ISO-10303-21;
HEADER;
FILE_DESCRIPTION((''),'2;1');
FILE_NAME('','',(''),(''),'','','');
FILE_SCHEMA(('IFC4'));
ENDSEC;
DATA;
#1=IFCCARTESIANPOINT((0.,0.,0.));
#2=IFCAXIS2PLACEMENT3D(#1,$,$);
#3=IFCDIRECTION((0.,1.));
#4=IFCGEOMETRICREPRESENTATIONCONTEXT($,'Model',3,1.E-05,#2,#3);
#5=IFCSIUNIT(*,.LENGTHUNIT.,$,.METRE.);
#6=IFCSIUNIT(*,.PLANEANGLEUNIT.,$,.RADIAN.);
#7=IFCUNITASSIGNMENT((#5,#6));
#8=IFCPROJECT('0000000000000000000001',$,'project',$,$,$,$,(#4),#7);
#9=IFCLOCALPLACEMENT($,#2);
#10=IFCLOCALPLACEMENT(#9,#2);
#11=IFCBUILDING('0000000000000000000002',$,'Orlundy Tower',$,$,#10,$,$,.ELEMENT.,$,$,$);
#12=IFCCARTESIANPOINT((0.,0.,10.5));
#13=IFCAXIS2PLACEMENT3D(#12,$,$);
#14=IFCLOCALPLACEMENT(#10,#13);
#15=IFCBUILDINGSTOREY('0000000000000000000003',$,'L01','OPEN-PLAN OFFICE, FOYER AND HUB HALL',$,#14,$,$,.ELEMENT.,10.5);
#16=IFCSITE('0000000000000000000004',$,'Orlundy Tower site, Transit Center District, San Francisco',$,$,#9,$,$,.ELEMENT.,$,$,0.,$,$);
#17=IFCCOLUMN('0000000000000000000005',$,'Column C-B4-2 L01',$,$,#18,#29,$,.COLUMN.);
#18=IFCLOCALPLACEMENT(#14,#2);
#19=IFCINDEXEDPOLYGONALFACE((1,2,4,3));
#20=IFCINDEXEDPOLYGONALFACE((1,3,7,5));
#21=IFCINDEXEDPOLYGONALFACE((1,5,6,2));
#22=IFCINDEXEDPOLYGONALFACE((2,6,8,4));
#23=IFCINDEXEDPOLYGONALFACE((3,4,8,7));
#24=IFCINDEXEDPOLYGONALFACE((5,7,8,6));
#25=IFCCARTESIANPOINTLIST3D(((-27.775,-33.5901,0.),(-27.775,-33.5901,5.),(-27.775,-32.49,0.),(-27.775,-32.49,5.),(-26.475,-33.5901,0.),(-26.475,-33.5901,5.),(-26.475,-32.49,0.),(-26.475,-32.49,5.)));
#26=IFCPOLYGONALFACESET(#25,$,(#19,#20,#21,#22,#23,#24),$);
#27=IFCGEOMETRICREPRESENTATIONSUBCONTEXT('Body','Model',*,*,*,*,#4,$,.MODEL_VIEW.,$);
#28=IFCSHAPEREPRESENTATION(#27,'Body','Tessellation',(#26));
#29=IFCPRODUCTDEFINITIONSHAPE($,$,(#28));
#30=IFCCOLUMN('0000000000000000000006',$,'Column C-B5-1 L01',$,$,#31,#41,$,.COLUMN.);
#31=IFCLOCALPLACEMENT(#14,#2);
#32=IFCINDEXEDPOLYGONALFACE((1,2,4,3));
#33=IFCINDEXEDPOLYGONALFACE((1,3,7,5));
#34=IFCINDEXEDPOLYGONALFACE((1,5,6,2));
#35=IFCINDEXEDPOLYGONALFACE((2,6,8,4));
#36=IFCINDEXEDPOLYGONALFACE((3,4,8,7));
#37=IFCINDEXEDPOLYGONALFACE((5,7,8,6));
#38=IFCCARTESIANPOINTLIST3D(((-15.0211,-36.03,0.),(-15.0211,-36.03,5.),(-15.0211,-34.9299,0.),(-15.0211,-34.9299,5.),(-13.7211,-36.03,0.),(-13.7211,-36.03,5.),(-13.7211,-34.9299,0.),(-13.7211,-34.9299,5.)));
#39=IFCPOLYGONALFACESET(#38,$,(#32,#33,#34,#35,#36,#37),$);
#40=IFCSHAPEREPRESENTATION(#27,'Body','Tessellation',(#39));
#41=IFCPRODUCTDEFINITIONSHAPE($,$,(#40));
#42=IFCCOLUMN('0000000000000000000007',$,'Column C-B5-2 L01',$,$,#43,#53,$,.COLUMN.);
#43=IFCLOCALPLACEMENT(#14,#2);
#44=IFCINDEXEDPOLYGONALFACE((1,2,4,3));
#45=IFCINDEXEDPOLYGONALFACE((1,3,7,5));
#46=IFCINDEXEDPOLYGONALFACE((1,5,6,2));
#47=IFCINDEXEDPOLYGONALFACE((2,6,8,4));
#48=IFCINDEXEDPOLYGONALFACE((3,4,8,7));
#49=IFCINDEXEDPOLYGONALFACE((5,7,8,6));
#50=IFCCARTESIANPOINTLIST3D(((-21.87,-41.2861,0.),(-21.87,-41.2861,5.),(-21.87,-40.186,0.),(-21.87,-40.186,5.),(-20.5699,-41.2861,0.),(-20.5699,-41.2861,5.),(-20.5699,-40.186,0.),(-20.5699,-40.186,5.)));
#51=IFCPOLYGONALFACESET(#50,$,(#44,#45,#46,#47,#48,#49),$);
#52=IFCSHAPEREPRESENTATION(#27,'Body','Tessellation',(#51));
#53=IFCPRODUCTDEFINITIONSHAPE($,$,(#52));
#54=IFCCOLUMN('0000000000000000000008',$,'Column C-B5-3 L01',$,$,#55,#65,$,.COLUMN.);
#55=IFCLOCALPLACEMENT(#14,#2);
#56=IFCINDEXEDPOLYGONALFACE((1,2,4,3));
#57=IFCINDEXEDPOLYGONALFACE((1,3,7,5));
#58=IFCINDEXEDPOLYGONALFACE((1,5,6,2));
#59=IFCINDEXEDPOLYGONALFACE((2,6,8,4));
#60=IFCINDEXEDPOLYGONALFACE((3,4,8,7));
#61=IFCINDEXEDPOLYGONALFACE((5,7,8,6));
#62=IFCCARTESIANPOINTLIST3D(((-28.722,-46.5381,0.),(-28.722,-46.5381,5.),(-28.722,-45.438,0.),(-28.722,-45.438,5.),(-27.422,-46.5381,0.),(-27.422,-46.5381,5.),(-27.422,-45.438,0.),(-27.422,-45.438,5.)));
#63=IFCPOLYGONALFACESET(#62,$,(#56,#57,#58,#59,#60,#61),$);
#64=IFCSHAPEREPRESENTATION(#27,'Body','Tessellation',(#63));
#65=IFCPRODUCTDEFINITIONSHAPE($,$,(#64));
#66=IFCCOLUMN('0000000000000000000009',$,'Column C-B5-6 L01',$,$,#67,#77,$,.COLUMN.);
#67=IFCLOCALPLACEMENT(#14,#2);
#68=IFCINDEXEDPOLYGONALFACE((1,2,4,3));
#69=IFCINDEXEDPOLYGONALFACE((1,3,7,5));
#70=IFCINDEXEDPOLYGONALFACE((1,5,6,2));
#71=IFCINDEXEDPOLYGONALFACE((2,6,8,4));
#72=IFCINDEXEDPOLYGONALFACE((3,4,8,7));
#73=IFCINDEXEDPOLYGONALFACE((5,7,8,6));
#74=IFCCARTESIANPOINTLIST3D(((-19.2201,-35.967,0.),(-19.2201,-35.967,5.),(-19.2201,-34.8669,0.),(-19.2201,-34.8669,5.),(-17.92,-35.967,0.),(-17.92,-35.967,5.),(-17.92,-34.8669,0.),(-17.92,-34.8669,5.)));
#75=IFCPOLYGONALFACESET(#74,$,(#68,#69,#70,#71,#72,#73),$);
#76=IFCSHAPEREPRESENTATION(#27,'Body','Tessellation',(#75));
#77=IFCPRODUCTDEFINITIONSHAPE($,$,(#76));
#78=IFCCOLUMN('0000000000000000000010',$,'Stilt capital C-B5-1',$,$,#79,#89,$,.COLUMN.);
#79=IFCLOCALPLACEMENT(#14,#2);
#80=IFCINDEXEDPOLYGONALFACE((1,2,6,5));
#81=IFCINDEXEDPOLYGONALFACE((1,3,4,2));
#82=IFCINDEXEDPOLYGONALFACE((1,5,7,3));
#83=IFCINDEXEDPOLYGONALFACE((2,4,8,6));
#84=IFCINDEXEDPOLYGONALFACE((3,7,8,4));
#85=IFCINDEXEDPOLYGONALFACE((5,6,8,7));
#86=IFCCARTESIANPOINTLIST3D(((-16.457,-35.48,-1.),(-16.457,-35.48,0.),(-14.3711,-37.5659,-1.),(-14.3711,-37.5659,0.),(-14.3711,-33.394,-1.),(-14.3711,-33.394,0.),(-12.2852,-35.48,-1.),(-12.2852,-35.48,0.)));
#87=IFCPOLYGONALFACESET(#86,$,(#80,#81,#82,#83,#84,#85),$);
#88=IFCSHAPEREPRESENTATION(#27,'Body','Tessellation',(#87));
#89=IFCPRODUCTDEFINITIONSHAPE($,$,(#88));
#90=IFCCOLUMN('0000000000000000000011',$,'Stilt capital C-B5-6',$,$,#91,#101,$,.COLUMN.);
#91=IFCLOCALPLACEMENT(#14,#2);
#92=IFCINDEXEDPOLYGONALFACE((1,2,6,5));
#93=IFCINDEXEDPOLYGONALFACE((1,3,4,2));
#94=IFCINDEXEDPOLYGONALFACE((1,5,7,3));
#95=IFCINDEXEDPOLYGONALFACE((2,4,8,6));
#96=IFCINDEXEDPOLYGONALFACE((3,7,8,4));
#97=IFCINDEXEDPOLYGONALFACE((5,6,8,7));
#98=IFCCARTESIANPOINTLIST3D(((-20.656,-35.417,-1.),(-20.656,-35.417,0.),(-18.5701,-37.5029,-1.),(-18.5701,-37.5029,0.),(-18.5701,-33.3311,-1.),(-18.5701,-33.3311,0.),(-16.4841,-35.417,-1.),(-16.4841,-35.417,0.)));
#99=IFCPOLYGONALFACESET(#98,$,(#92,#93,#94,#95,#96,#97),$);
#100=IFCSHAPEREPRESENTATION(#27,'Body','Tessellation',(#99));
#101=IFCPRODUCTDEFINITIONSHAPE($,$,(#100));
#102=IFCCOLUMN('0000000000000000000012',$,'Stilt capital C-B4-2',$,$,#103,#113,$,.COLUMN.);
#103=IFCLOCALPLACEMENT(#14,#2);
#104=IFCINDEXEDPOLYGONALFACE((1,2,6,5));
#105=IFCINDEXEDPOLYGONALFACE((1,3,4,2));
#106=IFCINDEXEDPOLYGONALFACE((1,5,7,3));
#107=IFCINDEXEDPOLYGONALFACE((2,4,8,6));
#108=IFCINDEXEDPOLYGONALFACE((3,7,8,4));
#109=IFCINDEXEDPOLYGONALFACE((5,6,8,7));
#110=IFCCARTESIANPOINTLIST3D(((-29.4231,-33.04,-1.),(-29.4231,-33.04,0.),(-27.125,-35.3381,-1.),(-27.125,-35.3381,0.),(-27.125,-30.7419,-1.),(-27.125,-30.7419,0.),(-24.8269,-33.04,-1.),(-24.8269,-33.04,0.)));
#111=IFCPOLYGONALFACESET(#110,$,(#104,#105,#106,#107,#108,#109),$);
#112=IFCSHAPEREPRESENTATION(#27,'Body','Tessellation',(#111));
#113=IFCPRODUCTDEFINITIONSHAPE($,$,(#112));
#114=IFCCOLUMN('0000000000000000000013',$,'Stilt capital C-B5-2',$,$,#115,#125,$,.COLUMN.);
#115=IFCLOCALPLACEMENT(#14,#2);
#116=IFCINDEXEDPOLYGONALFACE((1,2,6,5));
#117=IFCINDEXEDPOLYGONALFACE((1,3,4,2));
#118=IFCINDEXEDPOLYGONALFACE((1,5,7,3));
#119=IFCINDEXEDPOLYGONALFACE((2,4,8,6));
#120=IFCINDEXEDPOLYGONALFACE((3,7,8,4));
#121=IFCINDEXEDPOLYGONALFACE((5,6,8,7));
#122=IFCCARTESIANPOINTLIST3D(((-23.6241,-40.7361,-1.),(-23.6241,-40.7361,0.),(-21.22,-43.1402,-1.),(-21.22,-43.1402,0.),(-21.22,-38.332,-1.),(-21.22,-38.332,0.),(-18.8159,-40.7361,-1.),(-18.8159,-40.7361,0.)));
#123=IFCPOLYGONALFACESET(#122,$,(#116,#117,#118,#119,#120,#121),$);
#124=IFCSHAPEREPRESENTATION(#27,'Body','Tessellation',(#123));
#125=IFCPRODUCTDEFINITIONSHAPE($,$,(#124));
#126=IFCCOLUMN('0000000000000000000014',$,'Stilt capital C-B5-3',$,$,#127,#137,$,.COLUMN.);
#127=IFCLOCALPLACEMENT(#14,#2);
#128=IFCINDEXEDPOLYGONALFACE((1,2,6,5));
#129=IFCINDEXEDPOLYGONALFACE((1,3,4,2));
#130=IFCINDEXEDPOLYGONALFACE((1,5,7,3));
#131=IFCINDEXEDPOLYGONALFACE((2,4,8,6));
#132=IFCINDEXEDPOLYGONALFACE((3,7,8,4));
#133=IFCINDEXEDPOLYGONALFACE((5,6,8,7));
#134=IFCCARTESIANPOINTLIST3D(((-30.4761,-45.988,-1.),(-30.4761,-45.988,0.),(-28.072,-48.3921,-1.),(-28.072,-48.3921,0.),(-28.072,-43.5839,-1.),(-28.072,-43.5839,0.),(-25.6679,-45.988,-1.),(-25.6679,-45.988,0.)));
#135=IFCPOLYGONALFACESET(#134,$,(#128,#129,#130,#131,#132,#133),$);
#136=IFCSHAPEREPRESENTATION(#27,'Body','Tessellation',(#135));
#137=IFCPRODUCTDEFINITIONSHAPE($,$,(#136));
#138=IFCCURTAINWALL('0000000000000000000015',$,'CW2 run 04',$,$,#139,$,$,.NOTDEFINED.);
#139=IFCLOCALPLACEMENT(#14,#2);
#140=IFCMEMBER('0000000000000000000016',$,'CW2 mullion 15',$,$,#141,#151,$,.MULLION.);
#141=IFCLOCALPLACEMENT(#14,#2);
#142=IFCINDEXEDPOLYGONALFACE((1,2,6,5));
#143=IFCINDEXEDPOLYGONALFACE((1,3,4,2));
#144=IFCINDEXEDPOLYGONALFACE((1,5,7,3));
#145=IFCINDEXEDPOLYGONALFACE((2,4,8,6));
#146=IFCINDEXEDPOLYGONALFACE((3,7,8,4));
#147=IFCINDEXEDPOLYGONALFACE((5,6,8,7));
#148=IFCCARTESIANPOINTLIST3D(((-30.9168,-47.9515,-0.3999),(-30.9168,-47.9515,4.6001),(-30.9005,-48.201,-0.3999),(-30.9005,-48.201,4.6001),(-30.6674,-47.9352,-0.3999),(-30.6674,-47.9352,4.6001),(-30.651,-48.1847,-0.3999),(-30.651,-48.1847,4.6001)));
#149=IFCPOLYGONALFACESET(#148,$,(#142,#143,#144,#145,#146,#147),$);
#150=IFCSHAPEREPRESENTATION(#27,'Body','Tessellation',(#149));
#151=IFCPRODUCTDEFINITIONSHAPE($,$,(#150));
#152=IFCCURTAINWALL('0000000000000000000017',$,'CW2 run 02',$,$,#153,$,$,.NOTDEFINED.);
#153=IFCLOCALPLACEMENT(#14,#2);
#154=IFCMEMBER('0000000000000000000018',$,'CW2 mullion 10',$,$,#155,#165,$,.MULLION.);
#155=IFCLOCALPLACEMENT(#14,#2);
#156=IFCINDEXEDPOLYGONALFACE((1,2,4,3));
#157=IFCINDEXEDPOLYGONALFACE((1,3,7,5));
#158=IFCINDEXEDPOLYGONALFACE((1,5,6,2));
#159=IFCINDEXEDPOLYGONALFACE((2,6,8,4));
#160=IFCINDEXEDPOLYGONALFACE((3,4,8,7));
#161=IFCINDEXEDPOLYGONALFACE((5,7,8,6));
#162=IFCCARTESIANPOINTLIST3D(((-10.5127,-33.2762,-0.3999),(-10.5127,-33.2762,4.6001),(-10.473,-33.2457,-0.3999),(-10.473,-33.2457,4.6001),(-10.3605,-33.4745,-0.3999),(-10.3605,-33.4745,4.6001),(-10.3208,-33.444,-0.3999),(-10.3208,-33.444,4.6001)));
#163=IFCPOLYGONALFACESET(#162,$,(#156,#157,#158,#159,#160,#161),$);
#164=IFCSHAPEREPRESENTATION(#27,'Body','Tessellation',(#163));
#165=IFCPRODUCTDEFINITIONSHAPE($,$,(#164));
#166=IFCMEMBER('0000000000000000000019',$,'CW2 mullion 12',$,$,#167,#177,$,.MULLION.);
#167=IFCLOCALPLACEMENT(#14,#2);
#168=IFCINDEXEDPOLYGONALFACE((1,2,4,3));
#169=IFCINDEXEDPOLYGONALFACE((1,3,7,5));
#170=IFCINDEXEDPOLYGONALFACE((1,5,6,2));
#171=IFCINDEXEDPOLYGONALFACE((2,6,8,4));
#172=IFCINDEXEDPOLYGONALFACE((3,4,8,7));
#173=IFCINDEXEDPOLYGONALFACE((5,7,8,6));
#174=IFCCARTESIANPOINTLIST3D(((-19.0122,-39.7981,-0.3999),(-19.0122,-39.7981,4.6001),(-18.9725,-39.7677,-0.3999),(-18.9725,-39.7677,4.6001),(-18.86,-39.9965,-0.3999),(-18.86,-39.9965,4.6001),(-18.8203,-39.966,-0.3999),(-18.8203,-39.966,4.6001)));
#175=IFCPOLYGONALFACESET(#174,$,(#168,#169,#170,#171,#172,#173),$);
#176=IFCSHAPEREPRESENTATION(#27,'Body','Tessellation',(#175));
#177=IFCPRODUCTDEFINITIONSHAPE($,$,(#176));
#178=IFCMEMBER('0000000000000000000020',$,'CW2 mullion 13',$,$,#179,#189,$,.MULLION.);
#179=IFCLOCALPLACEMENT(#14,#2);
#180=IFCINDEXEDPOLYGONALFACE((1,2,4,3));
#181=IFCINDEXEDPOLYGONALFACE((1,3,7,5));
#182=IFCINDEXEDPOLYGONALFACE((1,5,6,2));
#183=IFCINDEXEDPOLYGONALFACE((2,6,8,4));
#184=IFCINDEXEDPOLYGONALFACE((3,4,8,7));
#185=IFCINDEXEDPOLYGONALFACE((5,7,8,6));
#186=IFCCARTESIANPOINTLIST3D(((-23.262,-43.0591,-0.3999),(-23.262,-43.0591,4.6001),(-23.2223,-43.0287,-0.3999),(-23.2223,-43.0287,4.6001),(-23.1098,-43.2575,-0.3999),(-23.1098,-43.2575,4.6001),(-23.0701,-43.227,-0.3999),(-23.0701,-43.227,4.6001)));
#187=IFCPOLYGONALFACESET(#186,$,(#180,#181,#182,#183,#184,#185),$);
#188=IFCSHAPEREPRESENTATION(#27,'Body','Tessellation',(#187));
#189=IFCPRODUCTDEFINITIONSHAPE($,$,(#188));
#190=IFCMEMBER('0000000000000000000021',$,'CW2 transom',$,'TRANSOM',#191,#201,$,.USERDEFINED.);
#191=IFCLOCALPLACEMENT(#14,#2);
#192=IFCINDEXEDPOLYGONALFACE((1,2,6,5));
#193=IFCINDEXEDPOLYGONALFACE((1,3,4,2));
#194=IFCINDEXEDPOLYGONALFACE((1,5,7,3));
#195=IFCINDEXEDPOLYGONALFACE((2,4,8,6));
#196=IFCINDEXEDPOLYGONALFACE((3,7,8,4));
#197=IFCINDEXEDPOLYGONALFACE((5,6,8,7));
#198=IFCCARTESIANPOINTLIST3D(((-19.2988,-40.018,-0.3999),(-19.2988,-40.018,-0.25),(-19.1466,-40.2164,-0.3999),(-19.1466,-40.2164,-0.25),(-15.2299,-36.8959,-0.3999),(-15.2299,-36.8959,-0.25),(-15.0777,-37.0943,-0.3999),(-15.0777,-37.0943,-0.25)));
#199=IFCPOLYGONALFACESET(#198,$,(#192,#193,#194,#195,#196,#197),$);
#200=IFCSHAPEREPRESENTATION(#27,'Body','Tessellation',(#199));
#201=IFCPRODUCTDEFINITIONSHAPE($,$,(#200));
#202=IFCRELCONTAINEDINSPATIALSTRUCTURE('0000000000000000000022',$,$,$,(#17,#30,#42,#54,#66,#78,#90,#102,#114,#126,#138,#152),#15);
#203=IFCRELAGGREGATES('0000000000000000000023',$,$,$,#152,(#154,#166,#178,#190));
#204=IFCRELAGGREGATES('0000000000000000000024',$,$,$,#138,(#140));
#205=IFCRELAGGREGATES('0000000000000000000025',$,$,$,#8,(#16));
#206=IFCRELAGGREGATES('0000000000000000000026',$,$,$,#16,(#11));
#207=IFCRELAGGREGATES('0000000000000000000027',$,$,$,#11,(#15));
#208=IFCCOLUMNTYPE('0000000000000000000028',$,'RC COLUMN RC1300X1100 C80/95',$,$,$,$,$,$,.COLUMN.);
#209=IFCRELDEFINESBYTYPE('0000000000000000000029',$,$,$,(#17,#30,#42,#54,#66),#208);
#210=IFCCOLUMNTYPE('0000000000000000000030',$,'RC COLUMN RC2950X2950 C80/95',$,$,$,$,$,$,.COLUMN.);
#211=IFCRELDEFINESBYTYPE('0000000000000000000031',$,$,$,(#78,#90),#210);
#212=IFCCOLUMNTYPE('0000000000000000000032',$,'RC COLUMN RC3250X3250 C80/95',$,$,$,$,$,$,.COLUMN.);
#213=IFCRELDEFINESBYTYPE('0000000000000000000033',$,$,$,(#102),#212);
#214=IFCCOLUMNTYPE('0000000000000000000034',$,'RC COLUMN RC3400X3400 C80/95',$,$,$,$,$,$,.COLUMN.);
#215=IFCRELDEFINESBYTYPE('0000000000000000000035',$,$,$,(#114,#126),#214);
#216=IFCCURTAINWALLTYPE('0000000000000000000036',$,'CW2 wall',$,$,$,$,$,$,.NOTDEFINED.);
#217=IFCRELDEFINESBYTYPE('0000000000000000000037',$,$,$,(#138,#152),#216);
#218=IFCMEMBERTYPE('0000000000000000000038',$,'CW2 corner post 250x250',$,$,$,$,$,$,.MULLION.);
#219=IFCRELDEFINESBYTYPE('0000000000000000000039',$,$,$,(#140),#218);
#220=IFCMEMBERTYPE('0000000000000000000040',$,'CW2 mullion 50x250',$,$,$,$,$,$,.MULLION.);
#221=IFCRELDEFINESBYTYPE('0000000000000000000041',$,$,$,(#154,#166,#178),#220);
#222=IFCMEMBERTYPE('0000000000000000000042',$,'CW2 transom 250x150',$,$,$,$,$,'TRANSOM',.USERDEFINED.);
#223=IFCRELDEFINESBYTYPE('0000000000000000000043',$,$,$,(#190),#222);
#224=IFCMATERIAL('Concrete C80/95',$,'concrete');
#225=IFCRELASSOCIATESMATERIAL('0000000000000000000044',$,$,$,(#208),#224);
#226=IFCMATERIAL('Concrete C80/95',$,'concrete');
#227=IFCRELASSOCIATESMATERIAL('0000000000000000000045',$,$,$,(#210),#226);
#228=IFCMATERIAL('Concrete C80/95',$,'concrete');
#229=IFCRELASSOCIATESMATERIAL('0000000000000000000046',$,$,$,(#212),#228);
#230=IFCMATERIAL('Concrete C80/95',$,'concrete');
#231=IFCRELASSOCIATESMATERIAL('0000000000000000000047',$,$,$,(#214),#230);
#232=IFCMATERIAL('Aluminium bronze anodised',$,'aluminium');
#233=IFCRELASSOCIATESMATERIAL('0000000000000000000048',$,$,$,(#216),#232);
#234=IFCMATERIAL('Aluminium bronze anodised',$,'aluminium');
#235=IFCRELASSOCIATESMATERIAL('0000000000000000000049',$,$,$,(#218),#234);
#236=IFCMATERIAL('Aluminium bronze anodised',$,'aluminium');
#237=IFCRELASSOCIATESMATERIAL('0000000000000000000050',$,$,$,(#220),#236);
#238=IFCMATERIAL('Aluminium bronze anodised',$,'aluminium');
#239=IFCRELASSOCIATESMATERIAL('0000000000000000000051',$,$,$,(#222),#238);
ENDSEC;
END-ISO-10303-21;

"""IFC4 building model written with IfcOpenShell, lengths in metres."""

from ifc_helpers import new_model, si_unit, direction, frame, origin, origin_2d, place, context, subcontext, project, spatial, rectangle, extrude, material, material_profile, profile_set, type_object, element, aggregate, save


model = new_model("IFC4")

# Units and contexts
model_context = context("Model", 3, precision=1e-05, world=origin(), true_north=direction((0.0, 1.0)))
body_context = subcontext(model_context, "Body", "Model", "MODEL_VIEW")
ifc_project = project(units=[si_unit("LENGTHUNIT", "METRE"), si_unit("PLANEANGLEUNIT", "RADIAN")], contexts=[model_context])

# Site, building, storey
site_placement = place(None, origin())
site = spatial("IfcSite", under=ifc_project, at=site_placement, Name="Orlundy Tower site, Transit Center District, San Francisco", CompositionType="ELEMENT", RefElevation=0.0)
building_placement = place(site_placement, origin())
building = spatial("IfcBuilding", under=site, at=building_placement, Name="Orlundy Tower", CompositionType="ELEMENT")
storey_placement = place(building_placement, frame((0.0, 0.0, 10.5)))
storey = spatial("IfcBuildingStorey", under=building, at=storey_placement, Name="L01", Description="OPEN-PLAN OFFICE, FOYER AND HUB HALL", CompositionType="ELEMENT", Elevation=10.5)

# Columns
ifc_material_1 = material(Name="Concrete C80/95", Category="concrete")
ifc_material_profile_1 = material_profile(ifc_material_1, rectangle(XDim=1.3, YDim=1.1001, at=origin_2d()), Name="RC1300X1100")
ifc_profile_set_1 = profile_set([ifc_material_profile_1], Name="Concrete C80/95")
column_type_1 = type_object("IfcColumnType", Name="RC COLUMN RC1300X1100 C80/95", PredefinedType="COLUMN", material=ifc_profile_set_1)
for number, where, z_axis, x_axis, name in (
    (1, (-27.125, -33.04, 0.0), (0.0, 0.0, 1.0), (1.0, 0.0, 0.0), "Column C-B4-2 L01"),
    (2, (-14.3711, -35.48, 0.0), (0.0, 0.0, 1.0), (1.0, 0.0, 0.0), "Column C-B5-1 L01"),
    (3, (-21.22, -40.7361, 0.0), (0.0, 0.0, 1.0), (1.0, 0.0, 0.0), "Column C-B5-2 L01"),
    (4, (-28.072, -45.988, 0.0), (0.0, 0.0, 1.0), (1.0, 0.0, 0.0), "Column C-B5-3 L01"),
    (5, (-18.5701, -35.417, 0.0), (0.0, 0.0, 1.0), (1.0, 0.0, 0.0), "Column C-B5-6 L01"),
):
    element("IfcColumn", number, at=place(storey_placement, frame(where, z_axis=z_axis, x_axis=x_axis)), inside=storey, type_object=column_type_1, Name=name, PredefinedType="COLUMN", context=body_context, shape_type="SweptSolid", body=[
        extrude(rectangle(XDim=1.3, YDim=1.1001, at=origin_2d()), origin(), (0.0, 0.0, 1.0), 5.0),
    ])
ifc_material_2 = material(Name="Concrete C80/95", Category="concrete")
ifc_material_profile_2 = material_profile(ifc_material_2, rectangle(XDim=2.95, YDim=2.95, at=origin_2d()), Name="RC2950X2950")
ifc_profile_set_2 = profile_set([ifc_material_profile_2], Name="Concrete C80/95")
column_type_2 = type_object("IfcColumnType", Name="RC COLUMN RC2950X2950 C80/95", PredefinedType="COLUMN", material=ifc_profile_set_2)
for number, where, z_axis, x_axis, name in (
    (6, (-14.3711, -35.48, -1.0), (0.0, 0.0, 1.0), (0.707107, 0.707107, 0.0), "Stilt capital C-B5-1"),
    (7, (-18.5701, -35.417, -1.0), (0.0, 0.0, 1.0), (0.707107, 0.707107, 0.0), "Stilt capital C-B5-6"),
):
    element("IfcColumn", number, at=place(storey_placement, frame(where, z_axis=z_axis, x_axis=x_axis)), inside=storey, type_object=column_type_2, Name=name, PredefinedType="COLUMN", context=body_context, shape_type="SweptSolid", body=[
        extrude(rectangle(XDim=2.95, YDim=2.95, at=origin_2d()), origin(), (0.0, 0.0, 1.0), 1.0),
    ])
ifc_material_3 = material(Name="Concrete C80/95", Category="concrete")
ifc_material_profile_3 = material_profile(ifc_material_3, rectangle(XDim=3.25, YDim=3.25, at=origin_2d()), Name="RC3250X3250")
ifc_profile_set_3 = profile_set([ifc_material_profile_3], Name="Concrete C80/95")
column_type_3 = type_object("IfcColumnType", Name="RC COLUMN RC3250X3250 C80/95", PredefinedType="COLUMN", material=ifc_profile_set_3)
column_placement = place(storey_placement, frame((-27.125, -33.04, -1.0), z_axis=(0.0, 0.0, 1.0), x_axis=(0.707107, 0.707107, 0.0)))
element("IfcColumn", 8, at=column_placement, inside=storey, type_object=column_type_3, Name="Stilt capital C-B4-2", PredefinedType="COLUMN", context=body_context, shape_type="SweptSolid", body=[
    extrude(rectangle(XDim=3.25, YDim=3.25, at=origin_2d()), origin(), (0.0, 0.0, 1.0), 1.0),
])
ifc_material_4 = material(Name="Concrete C80/95", Category="concrete")
ifc_material_profile_4 = material_profile(ifc_material_4, rectangle(XDim=3.3999, YDim=3.3999, at=origin_2d()), Name="RC3400X3400")
ifc_profile_set_4 = profile_set([ifc_material_profile_4], Name="Concrete C80/95")
column_type_4 = type_object("IfcColumnType", Name="RC COLUMN RC3400X3400 C80/95", PredefinedType="COLUMN", material=ifc_profile_set_4)
for number, where, z_axis, x_axis, name in (
    (9, (-21.22, -40.7361, -1.0), (0.0, 0.0, 1.0), (0.707107, 0.707107, 0.0), "Stilt capital C-B5-2"),
    (10, (-28.072, -45.988, -1.0), (0.0, 0.0, 1.0), (0.707107, 0.707107, 0.0), "Stilt capital C-B5-3"),
):
    element("IfcColumn", number, at=place(storey_placement, frame(where, z_axis=z_axis, x_axis=x_axis)), inside=storey, type_object=column_type_4, Name=name, PredefinedType="COLUMN", context=body_context, shape_type="SweptSolid", body=[
        extrude(rectangle(XDim=3.3999, YDim=3.3999, at=origin_2d()), origin(), (0.0, 0.0, 1.0), 1.0),
    ])

# Curtain wall, member
ifc_material_5 = material(Name="Aluminium bronze anodised", Category="aluminium")
curtain_wall_type = type_object("IfcCurtainWallType", Name="CW2 wall", PredefinedType="NOTDEFINED", material=ifc_material_5)
curtain_wall_1_placement = place(storey_placement, origin())
curtain_wall_1 = element("IfcCurtainWall", 11, at=curtain_wall_1_placement, inside=storey, type_object=curtain_wall_type, Name="CW2 run 04", PredefinedType="NOTDEFINED")
ifc_material_6 = material(Name="Aluminium bronze anodised", Category="aluminium")
ifc_material_profile_5 = material_profile(ifc_material_6, rectangle(XDim=0.25, YDim=0.25, at=origin_2d()), Name="CW2 corner post 250x250")
ifc_profile_set_5 = profile_set([ifc_material_profile_5], Name="Aluminium bronze anodised")
member_type_1 = type_object("IfcMemberType", Name="CW2 corner post 250x250", PredefinedType="MULLION", material=ifc_profile_set_5)
member_1_placement = place(storey_placement, frame((-30.7839, -48.0681, -0.3999), z_axis=(0.0, 0.0, 1.0), x_axis=(0.065284, -0.997867, 0.0)))
member_1 = element("IfcMember", 12, at=member_1_placement, type_object=member_type_1, Name="CW2 mullion 15", PredefinedType="MULLION", context=body_context, shape_type="SweptSolid", body=[
    extrude(rectangle(XDim=0.25, YDim=0.25, at=origin_2d()), origin(), (0.0, 0.0, 1.0), 5.0),
])

# Curtain wall, members
curtain_wall_2_placement = place(storey_placement, origin())
curtain_wall_2 = element("IfcCurtainWall", 13, at=curtain_wall_2_placement, inside=storey, type_object=curtain_wall_type, Name="CW2 run 02", PredefinedType="NOTDEFINED")
ifc_material_7 = material(Name="Aluminium bronze anodised", Category="aluminium")
ifc_material_profile_6 = material_profile(ifc_material_7, rectangle(XDim=0.25, YDim=0.05, at=origin_2d()), Name="CW2 mullion 50x250")
ifc_profile_set_6 = profile_set([ifc_material_profile_6], Name="Aluminium bronze anodised")
member_type_2 = type_object("IfcMemberType", Name="CW2 mullion 50x250", PredefinedType="MULLION", material=ifc_profile_set_6)
member_2_placement = place(storey_placement, frame((-10.4167, -33.3601, -0.3999), z_axis=(0.0, 0.0, 1.0), x_axis=(0.608763, -0.793352, 0.0)))
member_2 = element("IfcMember", 14, at=member_2_placement, type_object=member_type_2, Name="CW2 mullion 10", PredefinedType="MULLION", context=body_context, shape_type="SweptSolid", body=[
    extrude(rectangle(XDim=0.25, YDim=0.05, at=origin_2d()), origin(), (0.0, 0.0, 1.0), 5.0),
])
member_3_placement = place(storey_placement, frame((-18.9163, -39.8821, -0.3999), z_axis=(0.0, 0.0, 1.0), x_axis=(0.608763, -0.793352, 0.0)))
member_3 = element("IfcMember", 15, at=member_3_placement, type_object=member_type_2, Name="CW2 mullion 12", PredefinedType="MULLION", context=body_context, shape_type="SweptSolid", body=[
    extrude(rectangle(XDim=0.25, YDim=0.05, at=origin_2d()), origin(), (0.0, 0.0, 1.0), 5.0),
])
member_4_placement = place(storey_placement, frame((-23.166, -43.1431, -0.3999), z_axis=(0.0, 0.0, 1.0), x_axis=(0.608763, -0.793352, 0.0)))
member_4 = element("IfcMember", 16, at=member_4_placement, type_object=member_type_2, Name="CW2 mullion 13", PredefinedType="MULLION", context=body_context, shape_type="SweptSolid", body=[
    extrude(rectangle(XDim=0.25, YDim=0.05, at=origin_2d()), origin(), (0.0, 0.0, 1.0), 5.0),
])
ifc_material_8 = material(Name="Aluminium bronze anodised", Category="aluminium")
ifc_material_profile_7 = material_profile(ifc_material_8, rectangle(XDim=0.25, YDim=0.1499, at=origin_2d()), Name="CW2 transom 250x150")
ifc_profile_set_7 = profile_set([ifc_material_profile_7], Name="Aluminium bronze anodised")
member_type_3 = type_object("IfcMemberType", Name="CW2 transom 250x150", ElementType="TRANSOM", PredefinedType="USERDEFINED", material=ifc_profile_set_7)
member_5_placement = place(storey_placement, frame((-15.1538, -36.9951, -0.325), z_axis=(-0.79336, -0.608753, 0.0), x_axis=(0.608753, -0.79336, 0.0)))
member_5 = element("IfcMember", 17, at=member_5_placement, type_object=member_type_3, Name="CW2 transom", ObjectType="TRANSOM", PredefinedType="USERDEFINED", context=body_context, shape_type="SweptSolid", body=[
    extrude(rectangle(XDim=0.25, YDim=0.1499, at=origin_2d()), origin(), (0.0, 0.0, 1.0), 5.1287),
])

aggregate(curtain_wall_2, [member_2, member_3, member_4, member_5])
aggregate(curtain_wall_1, [member_1])

save(model, "model.ifc")
